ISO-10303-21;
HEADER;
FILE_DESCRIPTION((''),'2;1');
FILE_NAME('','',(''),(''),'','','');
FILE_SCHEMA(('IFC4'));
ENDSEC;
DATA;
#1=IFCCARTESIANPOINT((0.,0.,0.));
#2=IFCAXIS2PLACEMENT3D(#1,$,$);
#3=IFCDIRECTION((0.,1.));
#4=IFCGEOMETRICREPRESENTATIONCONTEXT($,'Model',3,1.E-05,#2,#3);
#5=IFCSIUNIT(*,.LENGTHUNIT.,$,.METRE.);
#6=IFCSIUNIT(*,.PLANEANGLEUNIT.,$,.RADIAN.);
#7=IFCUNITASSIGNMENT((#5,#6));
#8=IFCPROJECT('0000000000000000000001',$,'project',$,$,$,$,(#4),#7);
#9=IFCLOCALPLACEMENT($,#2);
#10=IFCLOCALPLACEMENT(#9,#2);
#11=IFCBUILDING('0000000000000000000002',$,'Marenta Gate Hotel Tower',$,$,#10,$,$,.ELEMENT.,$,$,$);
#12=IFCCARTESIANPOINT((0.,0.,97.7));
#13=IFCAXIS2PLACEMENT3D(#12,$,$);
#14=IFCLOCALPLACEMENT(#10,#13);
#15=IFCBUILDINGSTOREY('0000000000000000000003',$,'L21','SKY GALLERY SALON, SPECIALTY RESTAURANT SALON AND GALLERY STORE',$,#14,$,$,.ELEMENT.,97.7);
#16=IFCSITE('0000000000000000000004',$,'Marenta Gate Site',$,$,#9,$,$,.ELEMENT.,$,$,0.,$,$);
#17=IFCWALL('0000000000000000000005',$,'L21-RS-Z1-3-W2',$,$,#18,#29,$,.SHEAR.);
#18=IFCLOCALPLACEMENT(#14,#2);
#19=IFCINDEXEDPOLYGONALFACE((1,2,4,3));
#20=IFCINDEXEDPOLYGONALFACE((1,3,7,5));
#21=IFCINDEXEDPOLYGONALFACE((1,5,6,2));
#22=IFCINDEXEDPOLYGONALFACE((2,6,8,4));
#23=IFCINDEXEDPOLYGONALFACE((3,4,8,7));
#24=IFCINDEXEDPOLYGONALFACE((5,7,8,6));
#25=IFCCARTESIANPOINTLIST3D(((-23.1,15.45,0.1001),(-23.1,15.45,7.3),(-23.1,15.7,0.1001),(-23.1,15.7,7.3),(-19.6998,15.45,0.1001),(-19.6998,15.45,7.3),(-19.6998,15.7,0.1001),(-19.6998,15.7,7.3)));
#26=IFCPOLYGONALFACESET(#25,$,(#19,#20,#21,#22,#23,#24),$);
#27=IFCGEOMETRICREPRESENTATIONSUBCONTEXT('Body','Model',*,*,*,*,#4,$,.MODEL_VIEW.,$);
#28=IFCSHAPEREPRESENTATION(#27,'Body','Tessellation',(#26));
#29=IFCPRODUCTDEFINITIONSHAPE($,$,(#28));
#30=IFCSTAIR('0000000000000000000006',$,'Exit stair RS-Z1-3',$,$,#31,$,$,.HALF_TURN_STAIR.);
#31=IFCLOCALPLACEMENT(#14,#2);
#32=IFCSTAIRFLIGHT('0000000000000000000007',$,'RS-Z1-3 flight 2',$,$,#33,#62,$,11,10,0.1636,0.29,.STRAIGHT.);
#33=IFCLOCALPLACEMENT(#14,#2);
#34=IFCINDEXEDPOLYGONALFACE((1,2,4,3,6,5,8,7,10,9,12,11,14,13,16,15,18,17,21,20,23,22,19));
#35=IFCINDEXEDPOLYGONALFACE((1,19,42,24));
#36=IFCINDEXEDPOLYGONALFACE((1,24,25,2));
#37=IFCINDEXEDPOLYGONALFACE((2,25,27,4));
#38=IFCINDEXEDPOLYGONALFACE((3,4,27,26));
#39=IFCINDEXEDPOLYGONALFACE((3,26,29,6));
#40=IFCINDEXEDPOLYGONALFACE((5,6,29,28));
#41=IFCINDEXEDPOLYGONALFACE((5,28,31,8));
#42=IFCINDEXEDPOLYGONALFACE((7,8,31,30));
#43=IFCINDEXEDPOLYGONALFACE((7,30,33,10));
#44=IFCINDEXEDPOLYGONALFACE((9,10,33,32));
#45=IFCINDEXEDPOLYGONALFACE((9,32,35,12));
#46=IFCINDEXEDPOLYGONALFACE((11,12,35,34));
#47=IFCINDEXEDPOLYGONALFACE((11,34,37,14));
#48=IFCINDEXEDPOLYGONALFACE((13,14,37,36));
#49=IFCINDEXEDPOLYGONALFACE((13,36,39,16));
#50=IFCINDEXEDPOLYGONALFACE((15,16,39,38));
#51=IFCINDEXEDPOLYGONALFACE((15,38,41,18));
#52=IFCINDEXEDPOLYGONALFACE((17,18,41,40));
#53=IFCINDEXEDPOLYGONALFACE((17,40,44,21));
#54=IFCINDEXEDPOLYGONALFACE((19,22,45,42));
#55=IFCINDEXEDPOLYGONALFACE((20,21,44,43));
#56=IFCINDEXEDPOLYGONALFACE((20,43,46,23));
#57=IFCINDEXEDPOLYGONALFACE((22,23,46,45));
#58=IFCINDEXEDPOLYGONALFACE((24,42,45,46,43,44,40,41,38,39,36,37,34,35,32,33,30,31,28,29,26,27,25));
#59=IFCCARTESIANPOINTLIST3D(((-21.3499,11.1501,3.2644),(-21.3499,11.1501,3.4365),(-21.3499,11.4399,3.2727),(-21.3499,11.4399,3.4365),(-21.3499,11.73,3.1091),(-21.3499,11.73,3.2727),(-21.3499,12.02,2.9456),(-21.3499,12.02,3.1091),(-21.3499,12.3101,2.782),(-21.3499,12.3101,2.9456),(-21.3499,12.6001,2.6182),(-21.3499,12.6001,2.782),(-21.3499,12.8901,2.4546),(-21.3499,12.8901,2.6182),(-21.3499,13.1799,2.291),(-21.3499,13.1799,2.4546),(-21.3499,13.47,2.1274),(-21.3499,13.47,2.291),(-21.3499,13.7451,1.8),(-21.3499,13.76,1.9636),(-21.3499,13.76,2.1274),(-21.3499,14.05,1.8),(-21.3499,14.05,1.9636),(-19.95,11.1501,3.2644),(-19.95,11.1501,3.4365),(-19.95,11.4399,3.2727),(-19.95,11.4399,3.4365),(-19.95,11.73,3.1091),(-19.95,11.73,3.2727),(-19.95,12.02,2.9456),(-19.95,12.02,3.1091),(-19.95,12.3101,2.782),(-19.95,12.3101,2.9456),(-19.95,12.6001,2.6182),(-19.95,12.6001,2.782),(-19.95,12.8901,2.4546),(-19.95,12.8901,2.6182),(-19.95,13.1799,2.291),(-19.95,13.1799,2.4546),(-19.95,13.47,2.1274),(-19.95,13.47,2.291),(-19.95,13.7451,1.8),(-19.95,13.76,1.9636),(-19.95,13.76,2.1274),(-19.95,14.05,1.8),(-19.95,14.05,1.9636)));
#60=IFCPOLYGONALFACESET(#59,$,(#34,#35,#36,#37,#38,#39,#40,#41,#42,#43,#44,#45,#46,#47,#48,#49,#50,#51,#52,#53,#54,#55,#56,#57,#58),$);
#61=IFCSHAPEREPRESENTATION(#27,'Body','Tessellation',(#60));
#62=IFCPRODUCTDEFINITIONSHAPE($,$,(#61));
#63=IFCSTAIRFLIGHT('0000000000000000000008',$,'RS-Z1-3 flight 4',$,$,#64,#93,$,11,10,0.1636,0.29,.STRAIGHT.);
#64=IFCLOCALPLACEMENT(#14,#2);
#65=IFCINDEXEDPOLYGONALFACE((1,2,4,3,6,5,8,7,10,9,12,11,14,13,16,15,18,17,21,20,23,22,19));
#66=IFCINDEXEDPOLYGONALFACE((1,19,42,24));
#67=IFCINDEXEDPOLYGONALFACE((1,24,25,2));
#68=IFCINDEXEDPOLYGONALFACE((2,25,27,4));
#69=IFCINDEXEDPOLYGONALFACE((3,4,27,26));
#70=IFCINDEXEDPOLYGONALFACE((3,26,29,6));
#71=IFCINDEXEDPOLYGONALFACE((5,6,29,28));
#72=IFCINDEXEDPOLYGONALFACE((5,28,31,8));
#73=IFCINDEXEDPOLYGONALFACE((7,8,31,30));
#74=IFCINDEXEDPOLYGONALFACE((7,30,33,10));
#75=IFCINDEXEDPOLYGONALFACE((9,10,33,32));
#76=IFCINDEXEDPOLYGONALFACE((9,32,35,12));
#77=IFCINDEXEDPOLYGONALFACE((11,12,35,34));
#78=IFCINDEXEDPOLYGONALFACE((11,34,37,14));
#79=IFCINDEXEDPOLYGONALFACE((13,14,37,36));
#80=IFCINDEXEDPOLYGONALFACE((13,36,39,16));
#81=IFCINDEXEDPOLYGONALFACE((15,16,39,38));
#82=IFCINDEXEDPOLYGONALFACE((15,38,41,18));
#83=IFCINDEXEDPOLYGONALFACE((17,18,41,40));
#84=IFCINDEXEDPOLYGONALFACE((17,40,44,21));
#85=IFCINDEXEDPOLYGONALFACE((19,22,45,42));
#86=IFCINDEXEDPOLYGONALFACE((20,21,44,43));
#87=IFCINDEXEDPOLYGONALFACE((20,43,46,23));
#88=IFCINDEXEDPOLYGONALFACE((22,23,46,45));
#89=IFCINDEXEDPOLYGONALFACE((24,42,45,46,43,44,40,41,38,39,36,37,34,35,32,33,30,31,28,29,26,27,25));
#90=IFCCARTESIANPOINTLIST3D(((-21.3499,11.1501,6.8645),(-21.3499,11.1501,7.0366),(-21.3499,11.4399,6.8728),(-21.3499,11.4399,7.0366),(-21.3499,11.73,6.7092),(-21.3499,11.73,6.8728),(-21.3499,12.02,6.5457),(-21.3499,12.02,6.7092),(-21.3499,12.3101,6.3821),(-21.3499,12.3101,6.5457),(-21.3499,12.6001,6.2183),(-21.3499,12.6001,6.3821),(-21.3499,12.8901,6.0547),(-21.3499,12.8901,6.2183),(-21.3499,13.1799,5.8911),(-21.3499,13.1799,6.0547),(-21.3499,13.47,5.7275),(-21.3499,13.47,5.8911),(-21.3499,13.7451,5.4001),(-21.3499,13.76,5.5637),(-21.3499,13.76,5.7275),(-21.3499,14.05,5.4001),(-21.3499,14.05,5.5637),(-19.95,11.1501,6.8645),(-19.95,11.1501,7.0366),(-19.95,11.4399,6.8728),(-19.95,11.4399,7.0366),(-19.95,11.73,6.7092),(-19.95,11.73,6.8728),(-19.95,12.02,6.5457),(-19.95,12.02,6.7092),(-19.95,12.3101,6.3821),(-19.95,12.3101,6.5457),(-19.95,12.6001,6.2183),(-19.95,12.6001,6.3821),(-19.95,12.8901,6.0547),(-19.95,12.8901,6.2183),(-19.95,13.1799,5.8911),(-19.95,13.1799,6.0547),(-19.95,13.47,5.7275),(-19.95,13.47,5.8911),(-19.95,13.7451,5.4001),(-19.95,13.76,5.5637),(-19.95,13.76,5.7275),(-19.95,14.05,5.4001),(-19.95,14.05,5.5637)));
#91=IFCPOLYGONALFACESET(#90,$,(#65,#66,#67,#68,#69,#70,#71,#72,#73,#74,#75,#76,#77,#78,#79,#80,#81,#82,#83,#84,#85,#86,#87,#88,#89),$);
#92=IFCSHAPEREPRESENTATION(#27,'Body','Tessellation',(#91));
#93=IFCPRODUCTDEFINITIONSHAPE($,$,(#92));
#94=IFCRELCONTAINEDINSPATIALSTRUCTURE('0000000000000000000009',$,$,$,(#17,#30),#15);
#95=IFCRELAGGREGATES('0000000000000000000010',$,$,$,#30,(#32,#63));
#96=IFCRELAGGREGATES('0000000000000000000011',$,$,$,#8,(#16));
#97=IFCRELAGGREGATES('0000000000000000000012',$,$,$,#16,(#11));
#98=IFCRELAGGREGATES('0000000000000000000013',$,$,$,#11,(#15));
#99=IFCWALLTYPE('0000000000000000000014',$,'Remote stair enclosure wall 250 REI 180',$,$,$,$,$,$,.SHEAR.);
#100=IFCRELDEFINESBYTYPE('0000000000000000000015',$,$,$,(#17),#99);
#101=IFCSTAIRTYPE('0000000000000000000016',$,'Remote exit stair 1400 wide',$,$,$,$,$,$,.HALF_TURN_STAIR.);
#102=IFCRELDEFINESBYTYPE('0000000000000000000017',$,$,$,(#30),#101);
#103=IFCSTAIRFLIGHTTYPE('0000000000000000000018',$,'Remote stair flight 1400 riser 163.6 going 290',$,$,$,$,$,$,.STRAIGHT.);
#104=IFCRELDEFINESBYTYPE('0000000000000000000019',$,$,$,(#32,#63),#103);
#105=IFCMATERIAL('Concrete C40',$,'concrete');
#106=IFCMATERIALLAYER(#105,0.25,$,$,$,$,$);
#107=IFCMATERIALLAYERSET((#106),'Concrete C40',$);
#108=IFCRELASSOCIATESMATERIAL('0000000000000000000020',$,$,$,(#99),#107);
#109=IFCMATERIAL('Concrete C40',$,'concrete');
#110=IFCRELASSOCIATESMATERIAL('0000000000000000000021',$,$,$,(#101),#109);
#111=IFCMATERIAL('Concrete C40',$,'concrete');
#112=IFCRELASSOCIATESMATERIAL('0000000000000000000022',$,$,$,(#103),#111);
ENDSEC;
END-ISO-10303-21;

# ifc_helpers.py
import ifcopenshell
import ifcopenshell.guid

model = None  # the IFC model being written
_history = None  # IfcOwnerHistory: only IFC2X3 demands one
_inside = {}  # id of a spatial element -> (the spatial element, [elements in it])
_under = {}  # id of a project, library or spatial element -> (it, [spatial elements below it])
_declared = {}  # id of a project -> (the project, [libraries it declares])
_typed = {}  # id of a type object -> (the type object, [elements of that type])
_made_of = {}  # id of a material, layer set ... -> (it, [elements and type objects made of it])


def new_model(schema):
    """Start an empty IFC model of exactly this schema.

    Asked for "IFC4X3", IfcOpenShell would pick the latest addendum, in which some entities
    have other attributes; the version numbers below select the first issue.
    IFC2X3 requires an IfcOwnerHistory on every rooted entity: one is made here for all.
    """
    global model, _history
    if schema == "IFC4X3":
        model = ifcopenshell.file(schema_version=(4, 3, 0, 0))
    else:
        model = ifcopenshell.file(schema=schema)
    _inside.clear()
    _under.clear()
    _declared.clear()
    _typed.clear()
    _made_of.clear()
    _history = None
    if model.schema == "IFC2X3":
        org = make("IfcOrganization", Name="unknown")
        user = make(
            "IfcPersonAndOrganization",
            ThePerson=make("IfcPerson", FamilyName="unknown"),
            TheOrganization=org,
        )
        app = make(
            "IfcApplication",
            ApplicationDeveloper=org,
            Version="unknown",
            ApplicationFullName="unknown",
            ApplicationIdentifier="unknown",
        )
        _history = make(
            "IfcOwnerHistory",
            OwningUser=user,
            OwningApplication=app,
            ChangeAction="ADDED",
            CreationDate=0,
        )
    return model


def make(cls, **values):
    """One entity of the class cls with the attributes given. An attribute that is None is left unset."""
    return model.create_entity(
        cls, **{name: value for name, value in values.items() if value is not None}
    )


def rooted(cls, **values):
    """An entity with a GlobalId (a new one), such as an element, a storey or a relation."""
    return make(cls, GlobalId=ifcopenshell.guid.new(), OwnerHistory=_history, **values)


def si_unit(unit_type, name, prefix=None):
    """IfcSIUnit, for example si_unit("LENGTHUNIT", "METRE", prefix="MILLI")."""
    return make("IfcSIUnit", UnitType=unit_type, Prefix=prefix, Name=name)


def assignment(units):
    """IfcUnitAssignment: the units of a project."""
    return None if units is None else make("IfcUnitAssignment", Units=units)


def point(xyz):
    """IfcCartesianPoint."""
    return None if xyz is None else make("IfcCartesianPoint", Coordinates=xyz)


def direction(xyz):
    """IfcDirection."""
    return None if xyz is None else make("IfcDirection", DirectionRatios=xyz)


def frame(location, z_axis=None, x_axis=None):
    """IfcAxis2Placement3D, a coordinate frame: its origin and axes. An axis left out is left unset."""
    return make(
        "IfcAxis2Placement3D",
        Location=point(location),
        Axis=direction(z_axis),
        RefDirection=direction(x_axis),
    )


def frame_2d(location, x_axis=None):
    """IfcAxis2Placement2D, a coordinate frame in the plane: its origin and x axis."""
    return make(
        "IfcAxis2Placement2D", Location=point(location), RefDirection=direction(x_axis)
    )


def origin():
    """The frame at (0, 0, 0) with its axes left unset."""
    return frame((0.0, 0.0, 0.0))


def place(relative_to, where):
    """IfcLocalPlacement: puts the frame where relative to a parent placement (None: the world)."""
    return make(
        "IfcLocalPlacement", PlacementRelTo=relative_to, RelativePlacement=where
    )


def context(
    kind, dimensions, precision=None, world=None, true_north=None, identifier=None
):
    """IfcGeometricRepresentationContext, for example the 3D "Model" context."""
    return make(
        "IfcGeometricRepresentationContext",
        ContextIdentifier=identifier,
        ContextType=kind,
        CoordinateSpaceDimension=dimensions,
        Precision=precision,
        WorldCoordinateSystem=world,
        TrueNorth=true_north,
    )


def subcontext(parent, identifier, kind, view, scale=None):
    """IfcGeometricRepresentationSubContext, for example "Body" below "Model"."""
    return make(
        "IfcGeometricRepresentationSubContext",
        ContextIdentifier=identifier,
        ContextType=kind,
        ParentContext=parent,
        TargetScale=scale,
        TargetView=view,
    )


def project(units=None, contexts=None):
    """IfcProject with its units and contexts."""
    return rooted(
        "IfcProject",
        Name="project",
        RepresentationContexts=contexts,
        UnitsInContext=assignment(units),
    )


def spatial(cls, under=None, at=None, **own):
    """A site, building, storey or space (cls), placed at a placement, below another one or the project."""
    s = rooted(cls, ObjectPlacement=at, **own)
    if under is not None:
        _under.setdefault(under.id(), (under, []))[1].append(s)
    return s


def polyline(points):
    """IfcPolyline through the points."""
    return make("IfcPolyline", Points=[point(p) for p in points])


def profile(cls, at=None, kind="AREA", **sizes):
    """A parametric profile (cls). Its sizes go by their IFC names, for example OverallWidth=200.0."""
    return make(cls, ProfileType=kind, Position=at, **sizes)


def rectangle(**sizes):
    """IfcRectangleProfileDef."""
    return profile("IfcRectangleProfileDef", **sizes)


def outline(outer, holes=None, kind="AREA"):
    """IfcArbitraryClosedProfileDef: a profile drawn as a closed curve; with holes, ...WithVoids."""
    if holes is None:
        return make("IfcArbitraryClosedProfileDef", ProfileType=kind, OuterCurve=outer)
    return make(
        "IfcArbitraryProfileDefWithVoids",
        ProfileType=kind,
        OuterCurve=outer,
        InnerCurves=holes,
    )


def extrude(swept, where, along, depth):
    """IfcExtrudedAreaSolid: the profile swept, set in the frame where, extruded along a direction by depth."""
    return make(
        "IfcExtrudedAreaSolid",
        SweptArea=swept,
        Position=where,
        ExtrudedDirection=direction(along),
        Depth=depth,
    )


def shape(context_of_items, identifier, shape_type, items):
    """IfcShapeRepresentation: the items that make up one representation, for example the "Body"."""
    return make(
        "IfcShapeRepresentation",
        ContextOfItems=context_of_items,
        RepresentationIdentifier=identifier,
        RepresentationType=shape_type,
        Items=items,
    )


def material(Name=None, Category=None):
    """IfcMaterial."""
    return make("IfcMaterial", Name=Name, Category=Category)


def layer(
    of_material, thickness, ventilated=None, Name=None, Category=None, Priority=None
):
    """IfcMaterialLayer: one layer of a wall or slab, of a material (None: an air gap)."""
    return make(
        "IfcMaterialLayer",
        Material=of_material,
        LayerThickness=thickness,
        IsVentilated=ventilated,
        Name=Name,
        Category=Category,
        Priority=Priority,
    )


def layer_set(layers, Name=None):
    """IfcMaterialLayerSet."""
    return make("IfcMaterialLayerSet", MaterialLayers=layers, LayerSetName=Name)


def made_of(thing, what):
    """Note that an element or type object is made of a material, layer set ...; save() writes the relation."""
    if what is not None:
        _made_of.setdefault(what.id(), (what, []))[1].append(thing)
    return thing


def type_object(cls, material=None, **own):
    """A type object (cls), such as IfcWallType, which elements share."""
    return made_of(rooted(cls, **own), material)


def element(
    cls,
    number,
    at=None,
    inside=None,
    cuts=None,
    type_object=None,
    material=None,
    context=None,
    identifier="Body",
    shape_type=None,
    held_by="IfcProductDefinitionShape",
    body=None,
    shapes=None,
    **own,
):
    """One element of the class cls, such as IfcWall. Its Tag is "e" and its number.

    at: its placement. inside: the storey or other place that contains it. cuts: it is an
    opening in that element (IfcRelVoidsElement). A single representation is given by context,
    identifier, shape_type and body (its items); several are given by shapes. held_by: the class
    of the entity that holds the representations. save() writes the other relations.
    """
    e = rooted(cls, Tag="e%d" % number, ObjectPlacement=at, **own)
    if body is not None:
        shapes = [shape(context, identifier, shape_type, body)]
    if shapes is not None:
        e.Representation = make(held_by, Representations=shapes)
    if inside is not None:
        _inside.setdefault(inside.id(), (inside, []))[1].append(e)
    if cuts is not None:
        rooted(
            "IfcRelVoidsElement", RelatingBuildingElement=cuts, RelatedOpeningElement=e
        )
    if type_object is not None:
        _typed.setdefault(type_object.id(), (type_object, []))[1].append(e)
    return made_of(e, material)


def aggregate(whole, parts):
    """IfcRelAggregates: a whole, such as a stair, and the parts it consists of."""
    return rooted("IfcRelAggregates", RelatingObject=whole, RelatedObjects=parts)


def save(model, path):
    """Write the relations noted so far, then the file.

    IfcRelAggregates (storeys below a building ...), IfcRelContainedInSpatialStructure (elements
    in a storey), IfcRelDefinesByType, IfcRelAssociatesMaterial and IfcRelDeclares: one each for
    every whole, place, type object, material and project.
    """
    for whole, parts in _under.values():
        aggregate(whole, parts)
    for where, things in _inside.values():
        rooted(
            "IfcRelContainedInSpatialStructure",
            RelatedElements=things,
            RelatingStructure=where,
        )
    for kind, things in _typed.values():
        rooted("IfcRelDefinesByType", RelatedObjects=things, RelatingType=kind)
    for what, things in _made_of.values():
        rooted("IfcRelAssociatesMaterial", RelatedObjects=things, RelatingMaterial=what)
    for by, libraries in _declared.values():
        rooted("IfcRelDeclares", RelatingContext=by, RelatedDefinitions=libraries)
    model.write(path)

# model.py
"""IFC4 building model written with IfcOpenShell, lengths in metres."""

from ifc_helpers import new_model, si_unit, direction, frame, frame_2d, origin, place, context, subcontext, project, spatial, polyline, rectangle, outline, extrude, material, layer, layer_set, type_object, element, aggregate, save


model = new_model("IFC4")

# Units and contexts
model_context = context("Model", 3, precision=1e-05, world=origin(), true_north=direction((0.0, 1.0)))
body_context = subcontext(model_context, "Body", "Model", "MODEL_VIEW")
ifc_project = project(units=[si_unit("LENGTHUNIT", "METRE"), si_unit("PLANEANGLEUNIT", "RADIAN")], contexts=[model_context])

# Site, building, storey
site_placement = place(None, origin())
site = spatial("IfcSite", under=ifc_project, at=site_placement, Name="Marenta Gate Site", CompositionType="ELEMENT", RefElevation=0.0)
building_placement = place(site_placement, origin())
building = spatial("IfcBuilding", under=site, at=building_placement, Name="Marenta Gate Hotel Tower", CompositionType="ELEMENT")
storey_placement = place(building_placement, frame((0.0, 0.0, 97.7)))
storey = spatial("IfcBuildingStorey", under=building, at=storey_placement, Name="L21", Description="SKY GALLERY SALON, SPECIALTY RESTAURANT SALON AND GALLERY STORE", CompositionType="ELEMENT", Elevation=97.7)

# Wall
ifc_material_1 = material(Name="Concrete C40", Category="concrete")
ifc_layer_1 = layer(ifc_material_1, 0.25)
ifc_layer_set_1 = layer_set([ifc_layer_1], Name="Concrete C40")
wall_type_1 = type_object("IfcWallType", Name="Remote stair enclosure wall 250 REI 180", PredefinedType="SHEAR", material=ifc_layer_set_1)
wall_1_placement = place(storey_placement, frame((-23.1001, 15.575, 0.1001), z_axis=(0.0, 0.0, 1.0), x_axis=(1.0, 0.0, 0.0)))
element("IfcWall", 1, at=wall_1_placement, inside=storey, type_object=wall_type_1, Name="L21-RS-Z1-3-W2", PredefinedType="SHEAR", context=body_context, shape_type="SweptSolid", body=[
    extrude(rectangle(XDim=3.4001, YDim=0.25, at=frame_2d((1.7002, 0.0))), origin(), (0.0, 0.0, 1.0), 7.2),
])

# Stair, stair flights
ifc_material_2 = material(Name="Concrete C40", Category="concrete")
stair_type = type_object("IfcStairType", Name="Remote exit stair 1400 wide", PredefinedType="HALF_TURN_STAIR", material=ifc_material_2)
stair_placement = place(storey_placement, origin())
stair = element("IfcStair", 2, at=stair_placement, inside=storey, type_object=stair_type, Name="Exit stair RS-Z1-3", PredefinedType="HALF_TURN_STAIR")
ifc_material_3 = material(Name="Concrete C40", Category="concrete")
stair_flight_type = type_object("IfcStairFlightType", Name="Remote stair flight 1400 riser 163.6 going 290", PredefinedType="STRAIGHT", material=ifc_material_3)
stair_flight_1_placement = place(storey_placement, frame((-20.6499, 14.05, 1.8), z_axis=(0.0, 0.0, 1.0), x_axis=(0.0, -1.0, 0.0)))
stair_flight_1 = element("IfcStairFlight", 3, at=stair_flight_1_placement, type_object=stair_flight_type, Name="RS-Z1-3 flight 2", NumberOfRisers=11, NumberOfTreads=10, PredefinedType="STRAIGHT", RiserHeight=0.1636, TreadLength=0.29, context=body_context, shape_type="SweptSolid", body=[
    extrude(outline(polyline([(0.0, 0.0), (0.0, 0.1636), (0.29, 0.1636), (0.29, 0.3274), (0.5801, 0.3274), (0.5801, 0.491), (0.8701, 0.491), (0.8701, 0.6545), (1.1599, 0.6545), (1.1599, 0.8181), (1.45, 0.8181), (1.45, 0.9819), (1.74, 0.9819), (1.74, 1.1455), (2.03, 1.1455), (2.03, 1.3091), (2.3201, 1.3091), (2.3201, 1.4727), (2.6101, 1.4727), (2.6101, 1.6365), (2.8999, 1.6365), (2.8999, 1.8), (2.8999, 1.4644), (0.3049, 0.0), (0.0, 0.0)])), frame((0.0, 0.7, 0.0), z_axis=(0.0, -1.0, 0.0), x_axis=(1.0, 0.0, 0.0)), (0.0, 0.0, 1.0), 1.3999),
])
stair_flight_2_placement = place(storey_placement, frame((-20.6499, 14.05, 5.4001), z_axis=(0.0, 0.0, 1.0), x_axis=(0.0, -1.0, 0.0)))
stair_flight_2 = element("IfcStairFlight", 4, at=stair_flight_2_placement, type_object=stair_flight_type, Name="RS-Z1-3 flight 4", NumberOfRisers=11, NumberOfTreads=10, PredefinedType="STRAIGHT", RiserHeight=0.1636, TreadLength=0.29, context=body_context, shape_type="SweptSolid", body=[
    extrude(outline(polyline([(0.0, 0.0), (0.0, 0.1636), (0.29, 0.1636), (0.29, 0.3274), (0.5801, 0.3274), (0.5801, 0.491), (0.8701, 0.491), (0.8701, 0.6545), (1.1599, 0.6545), (1.1599, 0.8181), (1.45, 0.8181), (1.45, 0.9819), (1.74, 0.9819), (1.74, 1.1455), (2.03, 1.1455), (2.03, 1.3091), (2.3201, 1.3091), (2.3201, 1.4727), (2.6101, 1.4727), (2.6101, 1.6365), (2.8999, 1.6365), (2.8999, 1.8), (2.8999, 1.4644), (0.3049, 0.0), (0.0, 0.0)])), frame((0.0, 0.7, 0.0), z_axis=(0.0, -1.0, 0.0), x_axis=(1.0, 0.0, 0.0)), (0.0, 0.0, 1.0), 1.3999),
])
aggregate(stair, [stair_flight_1, stair_flight_2])

save(model, "model.ifc")
